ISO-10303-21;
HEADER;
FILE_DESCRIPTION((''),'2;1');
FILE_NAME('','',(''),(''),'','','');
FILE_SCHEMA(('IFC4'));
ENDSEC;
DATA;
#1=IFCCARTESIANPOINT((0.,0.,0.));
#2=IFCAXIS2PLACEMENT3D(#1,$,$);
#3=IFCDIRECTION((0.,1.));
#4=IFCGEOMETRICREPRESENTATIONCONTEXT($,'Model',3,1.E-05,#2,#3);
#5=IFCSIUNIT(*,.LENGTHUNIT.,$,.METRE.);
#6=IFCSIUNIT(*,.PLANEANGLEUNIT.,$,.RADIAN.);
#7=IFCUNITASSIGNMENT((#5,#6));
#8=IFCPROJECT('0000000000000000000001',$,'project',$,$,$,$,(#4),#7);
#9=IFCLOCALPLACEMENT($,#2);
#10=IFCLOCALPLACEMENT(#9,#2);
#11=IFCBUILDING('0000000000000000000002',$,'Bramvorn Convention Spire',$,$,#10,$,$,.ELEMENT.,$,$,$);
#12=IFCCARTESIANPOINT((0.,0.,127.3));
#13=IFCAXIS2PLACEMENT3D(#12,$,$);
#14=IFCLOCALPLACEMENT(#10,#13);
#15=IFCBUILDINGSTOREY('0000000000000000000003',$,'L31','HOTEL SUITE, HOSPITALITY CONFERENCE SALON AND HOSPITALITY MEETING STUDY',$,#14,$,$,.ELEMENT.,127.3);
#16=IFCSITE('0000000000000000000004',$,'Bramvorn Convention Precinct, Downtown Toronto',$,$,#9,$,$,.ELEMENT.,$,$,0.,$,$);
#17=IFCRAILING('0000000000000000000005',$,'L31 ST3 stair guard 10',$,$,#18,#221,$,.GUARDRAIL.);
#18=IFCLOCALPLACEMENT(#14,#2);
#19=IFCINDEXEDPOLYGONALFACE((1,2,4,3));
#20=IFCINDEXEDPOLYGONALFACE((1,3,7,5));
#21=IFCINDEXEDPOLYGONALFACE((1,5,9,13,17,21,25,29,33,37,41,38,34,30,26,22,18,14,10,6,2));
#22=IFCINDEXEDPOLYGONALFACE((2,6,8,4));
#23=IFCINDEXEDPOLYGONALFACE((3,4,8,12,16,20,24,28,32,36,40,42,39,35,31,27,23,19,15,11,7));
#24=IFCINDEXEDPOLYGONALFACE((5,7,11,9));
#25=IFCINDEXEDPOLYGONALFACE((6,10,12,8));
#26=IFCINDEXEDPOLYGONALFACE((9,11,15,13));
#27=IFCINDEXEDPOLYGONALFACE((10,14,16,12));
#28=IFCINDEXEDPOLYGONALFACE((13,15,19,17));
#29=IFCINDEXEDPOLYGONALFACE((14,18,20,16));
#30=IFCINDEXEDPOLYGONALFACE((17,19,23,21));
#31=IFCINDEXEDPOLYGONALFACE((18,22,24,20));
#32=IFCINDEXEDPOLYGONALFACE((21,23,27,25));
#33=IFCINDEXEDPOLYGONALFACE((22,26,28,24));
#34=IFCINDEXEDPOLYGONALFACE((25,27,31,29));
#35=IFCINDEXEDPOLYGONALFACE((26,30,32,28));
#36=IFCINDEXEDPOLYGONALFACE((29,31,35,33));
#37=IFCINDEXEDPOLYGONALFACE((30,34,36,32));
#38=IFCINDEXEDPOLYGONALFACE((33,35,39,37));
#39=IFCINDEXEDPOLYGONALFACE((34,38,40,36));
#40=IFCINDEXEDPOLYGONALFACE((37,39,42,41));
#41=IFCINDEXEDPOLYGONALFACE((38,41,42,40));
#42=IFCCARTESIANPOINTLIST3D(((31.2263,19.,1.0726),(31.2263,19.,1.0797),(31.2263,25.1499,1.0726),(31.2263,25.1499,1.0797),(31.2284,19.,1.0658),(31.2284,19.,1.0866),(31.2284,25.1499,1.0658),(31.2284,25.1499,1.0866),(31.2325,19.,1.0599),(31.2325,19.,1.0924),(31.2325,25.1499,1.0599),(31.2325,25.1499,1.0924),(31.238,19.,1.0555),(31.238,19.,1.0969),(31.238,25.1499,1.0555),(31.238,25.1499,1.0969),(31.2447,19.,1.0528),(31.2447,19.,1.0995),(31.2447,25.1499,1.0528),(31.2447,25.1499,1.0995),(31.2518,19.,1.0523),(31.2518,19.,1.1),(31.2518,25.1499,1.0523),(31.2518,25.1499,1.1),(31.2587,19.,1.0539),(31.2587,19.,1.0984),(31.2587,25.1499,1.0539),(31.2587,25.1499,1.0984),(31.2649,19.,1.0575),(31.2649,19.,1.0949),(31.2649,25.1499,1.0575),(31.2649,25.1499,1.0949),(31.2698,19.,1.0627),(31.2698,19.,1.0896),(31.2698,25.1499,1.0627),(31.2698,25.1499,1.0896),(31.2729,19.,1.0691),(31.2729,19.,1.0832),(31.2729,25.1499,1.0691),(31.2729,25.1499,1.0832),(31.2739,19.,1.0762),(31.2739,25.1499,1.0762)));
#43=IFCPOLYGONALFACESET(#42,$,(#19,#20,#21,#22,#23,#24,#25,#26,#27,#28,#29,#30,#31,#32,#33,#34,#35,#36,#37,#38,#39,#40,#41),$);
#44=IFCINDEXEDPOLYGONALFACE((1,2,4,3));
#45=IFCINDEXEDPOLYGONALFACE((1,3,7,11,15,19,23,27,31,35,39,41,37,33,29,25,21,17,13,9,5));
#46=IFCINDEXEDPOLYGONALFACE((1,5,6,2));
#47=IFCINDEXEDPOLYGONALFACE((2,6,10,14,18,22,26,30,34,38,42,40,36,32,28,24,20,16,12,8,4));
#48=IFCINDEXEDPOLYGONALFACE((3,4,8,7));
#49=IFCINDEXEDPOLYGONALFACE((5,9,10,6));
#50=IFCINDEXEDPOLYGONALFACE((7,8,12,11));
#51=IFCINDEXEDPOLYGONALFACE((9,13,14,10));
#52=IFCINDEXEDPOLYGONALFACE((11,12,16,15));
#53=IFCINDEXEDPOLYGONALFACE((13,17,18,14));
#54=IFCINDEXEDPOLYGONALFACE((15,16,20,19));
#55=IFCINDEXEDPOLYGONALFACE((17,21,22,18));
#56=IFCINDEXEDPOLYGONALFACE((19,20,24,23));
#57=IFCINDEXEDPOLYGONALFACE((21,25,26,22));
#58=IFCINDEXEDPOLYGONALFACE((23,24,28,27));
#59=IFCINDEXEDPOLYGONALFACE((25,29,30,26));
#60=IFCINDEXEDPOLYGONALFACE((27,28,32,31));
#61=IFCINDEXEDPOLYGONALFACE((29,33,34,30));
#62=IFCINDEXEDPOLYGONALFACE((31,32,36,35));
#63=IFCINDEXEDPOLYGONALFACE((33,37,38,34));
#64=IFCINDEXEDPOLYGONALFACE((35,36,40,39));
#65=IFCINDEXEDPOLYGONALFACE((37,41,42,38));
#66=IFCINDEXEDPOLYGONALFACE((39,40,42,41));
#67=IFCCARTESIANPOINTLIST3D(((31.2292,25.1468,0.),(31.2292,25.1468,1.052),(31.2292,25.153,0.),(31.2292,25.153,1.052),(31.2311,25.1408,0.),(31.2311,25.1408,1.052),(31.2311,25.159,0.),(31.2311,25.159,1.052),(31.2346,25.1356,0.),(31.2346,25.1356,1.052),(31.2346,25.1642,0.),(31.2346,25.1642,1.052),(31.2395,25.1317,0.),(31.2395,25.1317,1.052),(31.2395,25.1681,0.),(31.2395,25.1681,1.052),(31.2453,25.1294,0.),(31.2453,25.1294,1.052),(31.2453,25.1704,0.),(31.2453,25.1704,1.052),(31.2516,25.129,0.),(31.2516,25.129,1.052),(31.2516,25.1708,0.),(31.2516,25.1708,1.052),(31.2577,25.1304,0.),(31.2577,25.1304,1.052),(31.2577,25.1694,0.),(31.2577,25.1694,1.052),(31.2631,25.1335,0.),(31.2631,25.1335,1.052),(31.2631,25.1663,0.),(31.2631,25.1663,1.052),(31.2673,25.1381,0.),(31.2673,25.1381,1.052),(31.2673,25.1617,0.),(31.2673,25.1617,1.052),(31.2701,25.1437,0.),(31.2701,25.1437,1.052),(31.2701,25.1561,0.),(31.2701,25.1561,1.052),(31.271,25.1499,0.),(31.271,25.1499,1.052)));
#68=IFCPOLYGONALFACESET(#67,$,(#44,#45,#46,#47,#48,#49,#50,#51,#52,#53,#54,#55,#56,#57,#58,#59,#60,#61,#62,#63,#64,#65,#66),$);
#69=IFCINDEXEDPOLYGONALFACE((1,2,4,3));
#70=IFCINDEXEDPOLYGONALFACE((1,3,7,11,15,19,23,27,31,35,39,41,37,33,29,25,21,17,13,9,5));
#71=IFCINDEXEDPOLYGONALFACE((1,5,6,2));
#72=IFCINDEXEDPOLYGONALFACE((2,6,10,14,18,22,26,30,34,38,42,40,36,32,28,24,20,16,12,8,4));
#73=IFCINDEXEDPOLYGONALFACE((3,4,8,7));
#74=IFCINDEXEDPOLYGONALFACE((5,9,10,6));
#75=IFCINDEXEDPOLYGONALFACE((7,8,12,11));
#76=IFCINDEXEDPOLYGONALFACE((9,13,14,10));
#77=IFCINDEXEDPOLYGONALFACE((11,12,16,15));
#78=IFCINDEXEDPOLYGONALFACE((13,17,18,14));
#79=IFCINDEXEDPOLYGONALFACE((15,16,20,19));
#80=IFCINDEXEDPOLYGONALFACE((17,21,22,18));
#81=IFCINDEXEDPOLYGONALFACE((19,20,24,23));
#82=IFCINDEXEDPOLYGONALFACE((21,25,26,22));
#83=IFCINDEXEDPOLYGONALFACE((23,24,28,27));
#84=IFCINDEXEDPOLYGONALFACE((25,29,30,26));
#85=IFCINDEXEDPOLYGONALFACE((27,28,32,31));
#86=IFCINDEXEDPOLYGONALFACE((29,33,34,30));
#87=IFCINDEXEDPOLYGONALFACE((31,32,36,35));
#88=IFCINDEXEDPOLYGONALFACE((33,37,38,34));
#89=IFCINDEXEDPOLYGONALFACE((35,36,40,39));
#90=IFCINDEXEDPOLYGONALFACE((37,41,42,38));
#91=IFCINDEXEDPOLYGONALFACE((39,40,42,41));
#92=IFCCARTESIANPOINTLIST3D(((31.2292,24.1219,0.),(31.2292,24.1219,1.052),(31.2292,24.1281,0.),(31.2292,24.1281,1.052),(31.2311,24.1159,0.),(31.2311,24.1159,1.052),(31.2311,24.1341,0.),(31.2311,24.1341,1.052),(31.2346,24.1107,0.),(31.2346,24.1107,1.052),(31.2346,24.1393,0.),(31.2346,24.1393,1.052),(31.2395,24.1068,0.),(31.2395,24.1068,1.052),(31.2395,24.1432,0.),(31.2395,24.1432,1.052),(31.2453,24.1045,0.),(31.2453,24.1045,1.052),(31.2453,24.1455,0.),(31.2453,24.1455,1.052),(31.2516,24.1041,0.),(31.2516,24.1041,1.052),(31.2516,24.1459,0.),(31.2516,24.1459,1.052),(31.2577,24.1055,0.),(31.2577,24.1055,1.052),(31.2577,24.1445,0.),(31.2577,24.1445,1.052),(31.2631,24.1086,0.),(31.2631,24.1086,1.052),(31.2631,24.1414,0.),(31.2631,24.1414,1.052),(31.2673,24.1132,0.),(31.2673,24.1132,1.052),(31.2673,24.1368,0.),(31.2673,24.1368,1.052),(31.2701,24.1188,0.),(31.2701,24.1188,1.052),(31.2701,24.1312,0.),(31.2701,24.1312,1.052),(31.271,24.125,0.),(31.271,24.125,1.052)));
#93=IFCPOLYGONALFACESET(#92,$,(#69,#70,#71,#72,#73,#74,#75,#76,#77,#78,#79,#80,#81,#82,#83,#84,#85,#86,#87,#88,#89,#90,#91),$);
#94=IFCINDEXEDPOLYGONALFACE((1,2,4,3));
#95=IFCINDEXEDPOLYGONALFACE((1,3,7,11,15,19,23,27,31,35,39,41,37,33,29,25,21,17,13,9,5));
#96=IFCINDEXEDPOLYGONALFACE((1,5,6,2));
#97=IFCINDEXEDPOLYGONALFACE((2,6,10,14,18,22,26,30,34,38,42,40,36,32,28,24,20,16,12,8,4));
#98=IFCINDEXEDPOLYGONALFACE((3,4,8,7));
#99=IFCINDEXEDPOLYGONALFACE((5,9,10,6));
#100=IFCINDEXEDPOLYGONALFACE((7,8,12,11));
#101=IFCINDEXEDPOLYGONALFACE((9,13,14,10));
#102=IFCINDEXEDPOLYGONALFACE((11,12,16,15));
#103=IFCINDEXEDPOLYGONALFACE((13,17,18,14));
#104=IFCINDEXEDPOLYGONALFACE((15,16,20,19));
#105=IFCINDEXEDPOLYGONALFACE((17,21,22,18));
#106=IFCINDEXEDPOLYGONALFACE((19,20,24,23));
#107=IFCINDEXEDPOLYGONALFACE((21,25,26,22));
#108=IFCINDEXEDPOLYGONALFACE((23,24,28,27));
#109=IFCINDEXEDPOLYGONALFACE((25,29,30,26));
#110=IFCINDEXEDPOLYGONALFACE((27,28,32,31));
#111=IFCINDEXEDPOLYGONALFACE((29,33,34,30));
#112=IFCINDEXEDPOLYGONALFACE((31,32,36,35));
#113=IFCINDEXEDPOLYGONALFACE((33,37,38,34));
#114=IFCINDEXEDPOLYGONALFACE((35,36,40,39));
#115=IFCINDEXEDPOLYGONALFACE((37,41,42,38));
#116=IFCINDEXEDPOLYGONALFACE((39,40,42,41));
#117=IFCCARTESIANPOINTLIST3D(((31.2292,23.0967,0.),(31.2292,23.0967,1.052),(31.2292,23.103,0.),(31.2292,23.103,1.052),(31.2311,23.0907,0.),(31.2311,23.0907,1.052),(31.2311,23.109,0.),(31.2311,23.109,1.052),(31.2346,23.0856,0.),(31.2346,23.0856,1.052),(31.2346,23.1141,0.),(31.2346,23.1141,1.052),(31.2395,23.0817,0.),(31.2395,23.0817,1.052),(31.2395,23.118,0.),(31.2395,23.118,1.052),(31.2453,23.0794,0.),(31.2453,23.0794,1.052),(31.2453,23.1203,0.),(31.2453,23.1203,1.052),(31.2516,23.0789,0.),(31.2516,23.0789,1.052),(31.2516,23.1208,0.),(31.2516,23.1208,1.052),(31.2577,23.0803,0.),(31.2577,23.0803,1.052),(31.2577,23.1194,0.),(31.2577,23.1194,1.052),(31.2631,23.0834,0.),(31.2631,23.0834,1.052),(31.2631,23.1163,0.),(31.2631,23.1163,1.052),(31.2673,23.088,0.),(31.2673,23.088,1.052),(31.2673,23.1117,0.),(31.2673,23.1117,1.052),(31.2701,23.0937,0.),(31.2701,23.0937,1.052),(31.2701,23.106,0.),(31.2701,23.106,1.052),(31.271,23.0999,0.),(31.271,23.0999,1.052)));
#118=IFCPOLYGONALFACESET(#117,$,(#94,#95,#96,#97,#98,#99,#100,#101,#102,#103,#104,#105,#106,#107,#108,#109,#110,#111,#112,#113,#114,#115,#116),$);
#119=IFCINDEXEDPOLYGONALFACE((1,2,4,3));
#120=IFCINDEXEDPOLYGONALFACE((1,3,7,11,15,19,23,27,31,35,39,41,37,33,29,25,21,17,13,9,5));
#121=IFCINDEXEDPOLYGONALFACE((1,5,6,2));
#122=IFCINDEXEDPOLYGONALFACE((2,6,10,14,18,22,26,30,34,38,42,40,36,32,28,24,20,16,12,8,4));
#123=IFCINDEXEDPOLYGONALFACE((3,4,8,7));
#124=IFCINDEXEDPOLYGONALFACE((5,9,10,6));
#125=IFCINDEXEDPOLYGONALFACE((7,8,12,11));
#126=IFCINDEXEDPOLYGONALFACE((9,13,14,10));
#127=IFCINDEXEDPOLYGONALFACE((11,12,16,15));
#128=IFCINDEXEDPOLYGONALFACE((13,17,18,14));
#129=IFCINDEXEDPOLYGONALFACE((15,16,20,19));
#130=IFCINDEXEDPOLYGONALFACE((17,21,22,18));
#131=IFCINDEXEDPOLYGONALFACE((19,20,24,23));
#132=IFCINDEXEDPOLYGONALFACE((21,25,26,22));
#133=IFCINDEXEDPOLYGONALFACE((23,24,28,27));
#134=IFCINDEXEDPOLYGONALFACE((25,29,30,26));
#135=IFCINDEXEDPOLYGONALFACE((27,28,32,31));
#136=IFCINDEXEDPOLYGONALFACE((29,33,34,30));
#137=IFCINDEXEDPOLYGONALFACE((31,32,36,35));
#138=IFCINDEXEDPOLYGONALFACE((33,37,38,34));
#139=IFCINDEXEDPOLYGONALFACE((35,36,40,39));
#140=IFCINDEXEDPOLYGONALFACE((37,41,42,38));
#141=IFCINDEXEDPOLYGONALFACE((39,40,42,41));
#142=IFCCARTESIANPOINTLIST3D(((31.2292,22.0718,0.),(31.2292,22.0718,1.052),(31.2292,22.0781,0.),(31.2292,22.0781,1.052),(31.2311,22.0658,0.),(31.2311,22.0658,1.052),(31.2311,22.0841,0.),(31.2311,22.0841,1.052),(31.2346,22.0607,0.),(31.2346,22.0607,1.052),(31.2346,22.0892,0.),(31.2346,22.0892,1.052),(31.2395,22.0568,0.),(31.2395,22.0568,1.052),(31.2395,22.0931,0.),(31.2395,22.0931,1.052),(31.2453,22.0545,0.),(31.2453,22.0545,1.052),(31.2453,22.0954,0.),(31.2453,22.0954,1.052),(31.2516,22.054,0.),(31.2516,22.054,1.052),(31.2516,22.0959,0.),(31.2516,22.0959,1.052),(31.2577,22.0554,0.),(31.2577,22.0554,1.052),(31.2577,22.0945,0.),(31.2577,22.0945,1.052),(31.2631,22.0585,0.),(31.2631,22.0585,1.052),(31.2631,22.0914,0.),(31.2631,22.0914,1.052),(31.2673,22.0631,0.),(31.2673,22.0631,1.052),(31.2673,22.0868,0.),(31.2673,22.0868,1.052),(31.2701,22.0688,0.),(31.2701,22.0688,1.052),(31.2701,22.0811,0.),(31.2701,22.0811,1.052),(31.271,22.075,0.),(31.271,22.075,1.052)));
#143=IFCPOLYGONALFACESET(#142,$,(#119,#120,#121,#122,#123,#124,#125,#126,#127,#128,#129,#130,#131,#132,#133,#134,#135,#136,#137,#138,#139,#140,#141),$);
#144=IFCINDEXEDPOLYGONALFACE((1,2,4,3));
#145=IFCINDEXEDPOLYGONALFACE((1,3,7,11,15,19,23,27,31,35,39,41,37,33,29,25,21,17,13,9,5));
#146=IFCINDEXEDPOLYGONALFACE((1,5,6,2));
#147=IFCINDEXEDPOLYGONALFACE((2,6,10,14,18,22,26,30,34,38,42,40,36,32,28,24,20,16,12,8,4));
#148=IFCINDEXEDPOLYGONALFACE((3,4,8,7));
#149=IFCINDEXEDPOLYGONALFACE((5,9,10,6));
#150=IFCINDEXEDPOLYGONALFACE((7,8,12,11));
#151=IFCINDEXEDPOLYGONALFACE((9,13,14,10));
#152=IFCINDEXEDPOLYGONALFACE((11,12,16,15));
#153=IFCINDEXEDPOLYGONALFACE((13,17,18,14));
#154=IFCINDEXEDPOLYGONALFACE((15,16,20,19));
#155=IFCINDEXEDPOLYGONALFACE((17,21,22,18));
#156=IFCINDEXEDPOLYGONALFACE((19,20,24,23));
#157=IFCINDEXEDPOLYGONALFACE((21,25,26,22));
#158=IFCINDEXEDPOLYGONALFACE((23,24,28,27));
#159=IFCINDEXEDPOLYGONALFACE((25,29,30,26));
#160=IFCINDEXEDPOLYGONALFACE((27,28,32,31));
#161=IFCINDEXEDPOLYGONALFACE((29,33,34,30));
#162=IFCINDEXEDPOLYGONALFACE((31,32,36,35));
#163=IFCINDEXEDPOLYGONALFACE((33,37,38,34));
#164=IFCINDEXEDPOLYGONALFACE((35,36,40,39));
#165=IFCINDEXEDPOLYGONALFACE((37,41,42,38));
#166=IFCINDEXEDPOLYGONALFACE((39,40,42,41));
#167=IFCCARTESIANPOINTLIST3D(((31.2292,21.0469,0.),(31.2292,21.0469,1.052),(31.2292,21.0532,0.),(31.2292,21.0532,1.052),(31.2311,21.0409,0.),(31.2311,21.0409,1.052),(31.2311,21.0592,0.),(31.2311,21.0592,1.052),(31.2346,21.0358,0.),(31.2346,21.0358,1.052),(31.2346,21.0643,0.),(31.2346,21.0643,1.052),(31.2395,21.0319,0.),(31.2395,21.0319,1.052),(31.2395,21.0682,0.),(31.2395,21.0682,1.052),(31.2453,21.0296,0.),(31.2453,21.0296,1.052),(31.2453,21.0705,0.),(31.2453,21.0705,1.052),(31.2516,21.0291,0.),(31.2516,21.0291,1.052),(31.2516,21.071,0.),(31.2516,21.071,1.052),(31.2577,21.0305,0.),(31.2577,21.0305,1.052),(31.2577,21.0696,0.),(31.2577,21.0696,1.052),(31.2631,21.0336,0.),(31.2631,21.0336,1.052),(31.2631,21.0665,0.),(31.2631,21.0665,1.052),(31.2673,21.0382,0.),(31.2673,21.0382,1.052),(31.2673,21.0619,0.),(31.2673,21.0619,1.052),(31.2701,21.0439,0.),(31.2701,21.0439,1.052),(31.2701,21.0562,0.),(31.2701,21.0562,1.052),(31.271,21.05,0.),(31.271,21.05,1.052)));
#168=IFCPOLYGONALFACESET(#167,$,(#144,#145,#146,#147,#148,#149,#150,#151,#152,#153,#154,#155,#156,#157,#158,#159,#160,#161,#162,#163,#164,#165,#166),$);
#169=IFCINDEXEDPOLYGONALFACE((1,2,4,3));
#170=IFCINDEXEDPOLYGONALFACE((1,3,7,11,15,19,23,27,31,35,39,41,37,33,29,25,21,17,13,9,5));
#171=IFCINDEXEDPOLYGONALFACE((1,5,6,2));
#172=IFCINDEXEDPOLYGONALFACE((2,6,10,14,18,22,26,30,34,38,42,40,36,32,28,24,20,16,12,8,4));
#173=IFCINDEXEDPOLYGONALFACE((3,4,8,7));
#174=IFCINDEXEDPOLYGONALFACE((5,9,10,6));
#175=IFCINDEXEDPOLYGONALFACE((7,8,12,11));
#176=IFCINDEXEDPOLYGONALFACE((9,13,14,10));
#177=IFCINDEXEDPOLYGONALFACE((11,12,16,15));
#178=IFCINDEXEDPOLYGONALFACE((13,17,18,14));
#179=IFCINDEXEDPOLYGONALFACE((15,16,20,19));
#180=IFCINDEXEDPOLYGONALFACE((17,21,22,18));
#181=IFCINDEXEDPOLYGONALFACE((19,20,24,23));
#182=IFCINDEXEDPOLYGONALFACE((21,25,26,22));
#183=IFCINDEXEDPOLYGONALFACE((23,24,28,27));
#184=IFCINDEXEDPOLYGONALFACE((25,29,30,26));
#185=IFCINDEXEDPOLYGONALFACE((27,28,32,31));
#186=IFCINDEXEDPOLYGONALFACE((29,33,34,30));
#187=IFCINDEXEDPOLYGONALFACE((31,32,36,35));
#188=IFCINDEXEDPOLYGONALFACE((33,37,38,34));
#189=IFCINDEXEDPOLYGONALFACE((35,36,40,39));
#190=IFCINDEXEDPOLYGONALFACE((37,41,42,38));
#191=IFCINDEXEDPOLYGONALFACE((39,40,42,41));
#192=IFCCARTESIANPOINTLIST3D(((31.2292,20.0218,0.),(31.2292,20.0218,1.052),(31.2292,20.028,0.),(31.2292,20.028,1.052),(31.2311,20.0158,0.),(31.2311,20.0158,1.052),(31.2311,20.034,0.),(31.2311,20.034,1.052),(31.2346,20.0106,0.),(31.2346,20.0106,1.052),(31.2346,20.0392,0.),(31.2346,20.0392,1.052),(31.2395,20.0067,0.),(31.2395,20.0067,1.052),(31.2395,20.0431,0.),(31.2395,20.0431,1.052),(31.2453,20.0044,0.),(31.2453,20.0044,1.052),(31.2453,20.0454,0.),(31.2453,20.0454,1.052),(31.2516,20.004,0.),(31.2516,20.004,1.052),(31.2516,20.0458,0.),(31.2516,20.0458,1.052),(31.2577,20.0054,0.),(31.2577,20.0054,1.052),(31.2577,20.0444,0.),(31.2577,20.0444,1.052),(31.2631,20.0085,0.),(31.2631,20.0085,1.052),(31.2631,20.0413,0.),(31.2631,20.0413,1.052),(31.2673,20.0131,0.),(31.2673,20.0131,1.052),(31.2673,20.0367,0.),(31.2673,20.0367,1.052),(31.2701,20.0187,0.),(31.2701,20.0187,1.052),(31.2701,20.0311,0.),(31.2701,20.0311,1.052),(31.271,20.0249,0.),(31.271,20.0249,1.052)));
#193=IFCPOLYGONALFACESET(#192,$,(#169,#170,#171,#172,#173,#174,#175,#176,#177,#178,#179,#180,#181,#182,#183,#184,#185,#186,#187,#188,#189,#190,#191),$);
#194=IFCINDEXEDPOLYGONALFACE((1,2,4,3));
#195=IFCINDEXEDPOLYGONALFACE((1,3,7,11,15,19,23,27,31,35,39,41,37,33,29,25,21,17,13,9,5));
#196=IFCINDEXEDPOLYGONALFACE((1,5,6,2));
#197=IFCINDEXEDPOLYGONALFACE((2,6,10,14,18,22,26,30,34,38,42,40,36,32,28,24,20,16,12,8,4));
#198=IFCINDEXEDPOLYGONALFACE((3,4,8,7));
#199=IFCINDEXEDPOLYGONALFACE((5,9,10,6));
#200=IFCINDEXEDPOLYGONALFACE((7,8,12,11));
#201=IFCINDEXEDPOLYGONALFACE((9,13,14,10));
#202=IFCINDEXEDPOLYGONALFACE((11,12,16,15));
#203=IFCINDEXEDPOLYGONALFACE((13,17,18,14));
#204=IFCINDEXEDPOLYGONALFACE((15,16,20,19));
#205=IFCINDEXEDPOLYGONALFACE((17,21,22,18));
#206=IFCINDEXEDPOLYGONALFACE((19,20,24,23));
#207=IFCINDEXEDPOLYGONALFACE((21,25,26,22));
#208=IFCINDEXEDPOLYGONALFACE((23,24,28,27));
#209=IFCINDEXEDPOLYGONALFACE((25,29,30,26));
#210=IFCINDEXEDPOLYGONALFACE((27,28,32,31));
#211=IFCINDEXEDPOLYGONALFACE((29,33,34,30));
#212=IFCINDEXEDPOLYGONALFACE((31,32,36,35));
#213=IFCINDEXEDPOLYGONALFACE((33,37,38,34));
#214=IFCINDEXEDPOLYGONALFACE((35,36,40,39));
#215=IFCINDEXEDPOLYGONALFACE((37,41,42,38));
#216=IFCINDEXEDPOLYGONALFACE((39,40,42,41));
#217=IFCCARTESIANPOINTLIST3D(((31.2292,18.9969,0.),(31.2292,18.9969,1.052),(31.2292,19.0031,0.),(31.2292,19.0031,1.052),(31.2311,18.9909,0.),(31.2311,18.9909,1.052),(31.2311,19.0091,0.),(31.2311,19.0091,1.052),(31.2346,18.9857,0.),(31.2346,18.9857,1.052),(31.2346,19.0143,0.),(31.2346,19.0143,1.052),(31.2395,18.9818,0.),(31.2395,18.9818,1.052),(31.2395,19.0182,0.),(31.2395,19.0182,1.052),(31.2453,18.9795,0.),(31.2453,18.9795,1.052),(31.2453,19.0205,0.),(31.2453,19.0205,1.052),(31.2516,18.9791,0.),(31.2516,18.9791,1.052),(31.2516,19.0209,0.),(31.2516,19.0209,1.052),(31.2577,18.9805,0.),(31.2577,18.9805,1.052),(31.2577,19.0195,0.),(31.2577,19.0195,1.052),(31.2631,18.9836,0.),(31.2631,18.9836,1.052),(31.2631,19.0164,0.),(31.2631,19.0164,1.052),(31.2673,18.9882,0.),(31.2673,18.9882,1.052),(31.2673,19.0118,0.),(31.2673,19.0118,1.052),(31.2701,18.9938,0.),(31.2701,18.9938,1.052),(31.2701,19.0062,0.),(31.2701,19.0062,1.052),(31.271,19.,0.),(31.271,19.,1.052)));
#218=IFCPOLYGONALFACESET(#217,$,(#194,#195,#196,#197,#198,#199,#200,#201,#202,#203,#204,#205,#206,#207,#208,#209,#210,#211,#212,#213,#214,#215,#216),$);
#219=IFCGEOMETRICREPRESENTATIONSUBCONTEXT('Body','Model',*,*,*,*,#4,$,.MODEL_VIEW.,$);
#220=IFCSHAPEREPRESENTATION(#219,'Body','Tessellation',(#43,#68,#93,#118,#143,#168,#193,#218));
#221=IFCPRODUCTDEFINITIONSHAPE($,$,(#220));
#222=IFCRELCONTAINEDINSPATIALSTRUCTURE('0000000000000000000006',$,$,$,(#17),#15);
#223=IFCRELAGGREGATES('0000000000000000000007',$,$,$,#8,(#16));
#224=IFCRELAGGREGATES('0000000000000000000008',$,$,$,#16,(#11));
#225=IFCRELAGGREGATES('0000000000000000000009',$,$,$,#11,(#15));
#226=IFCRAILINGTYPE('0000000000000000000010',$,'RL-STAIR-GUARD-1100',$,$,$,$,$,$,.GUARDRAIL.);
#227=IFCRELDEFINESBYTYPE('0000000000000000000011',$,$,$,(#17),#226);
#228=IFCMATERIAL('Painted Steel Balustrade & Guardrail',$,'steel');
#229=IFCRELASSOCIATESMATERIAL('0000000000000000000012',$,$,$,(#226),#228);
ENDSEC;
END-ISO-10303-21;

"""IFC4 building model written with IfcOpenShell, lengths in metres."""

from ifc_helpers import new_model, si_unit, direction, frame, origin, origin_2d, place, context, subcontext, project, spatial, circle, extrude, material, type_object, element, save


model = new_model("IFC4")

# Units and contexts
model_context = context("Model", 3, precision=1e-05, world=origin(), true_north=direction((0.0, 1.0)))
body_context = subcontext(model_context, "Body", "Model", "MODEL_VIEW")
ifc_project = project(units=[si_unit("LENGTHUNIT", "METRE"), si_unit("PLANEANGLEUNIT", "RADIAN")], contexts=[model_context])

# Site, building, storey
site_placement = place(None, origin())
site = spatial("IfcSite", under=ifc_project, at=site_placement, Name="Bramvorn Convention Precinct, Downtown Toronto", CompositionType="ELEMENT", RefElevation=0.0)
building_placement = place(site_placement, origin())
building = spatial("IfcBuilding", under=site, at=building_placement, Name="Bramvorn Convention Spire", CompositionType="ELEMENT")
storey_placement = place(building_placement, frame((0.0, 0.0, 127.3)))
storey = spatial("IfcBuildingStorey", under=building, at=storey_placement, Name="L31", Description="HOTEL SUITE, HOSPITALITY CONFERENCE SALON AND HOSPITALITY MEETING STUDY", CompositionType="ELEMENT", Elevation=127.3)

# Railing
ifc_material_1 = material(Name="Painted Steel Balustrade & Guardrail", Category="steel")
railing_type = type_object("IfcRailingType", Name="RL-STAIR-GUARD-1100", PredefinedType="GUARDRAIL", material=ifc_material_1)
railing_1_placement = place(storey_placement, frame((31.25, 25.1499, 0.0)))
element("IfcRailing", 1, at=railing_1_placement, inside=storey, type_object=railing_type, Name="L31 ST3 stair guard 10", PredefinedType="GUARDRAIL", context=body_context, shape_type="SweptSolid", body=[
    extrude(circle(Radius=0.0239, at=origin_2d()), frame((0.0, 0.0, 1.0762), z_axis=(0.0, -1.0, 0.0), x_axis=(1.0, 0.0, 0.0)), (0.0, 0.0, 1.0), 6.1499),
    extrude(circle(Radius=0.021, at=origin_2d()), origin(), (0.0, 0.0, 1.0), 1.052),
    extrude(circle(Radius=0.021, at=origin_2d()), frame((0.0, -1.0249, 0.0)), (0.0, 0.0, 1.0), 1.052),
    extrude(circle(Radius=0.021, at=origin_2d()), frame((0.0, -2.05, 0.0)), (0.0, 0.0, 1.0), 1.052),
    extrude(circle(Radius=0.021, at=origin_2d()), frame((0.0, -3.075, 0.0)), (0.0, 0.0, 1.0), 1.052),
    extrude(circle(Radius=0.021, at=origin_2d()), frame((0.0, -4.0999, 0.0)), (0.0, 0.0, 1.0), 1.052),
    extrude(circle(Radius=0.021, at=origin_2d()), frame((0.0, -5.125, 0.0)), (0.0, 0.0, 1.0), 1.052),
    extrude(circle(Radius=0.021, at=origin_2d()), frame((0.0, -6.1499, 0.0)), (0.0, 0.0, 1.0), 1.052),
])

save(model, "model.ifc")
